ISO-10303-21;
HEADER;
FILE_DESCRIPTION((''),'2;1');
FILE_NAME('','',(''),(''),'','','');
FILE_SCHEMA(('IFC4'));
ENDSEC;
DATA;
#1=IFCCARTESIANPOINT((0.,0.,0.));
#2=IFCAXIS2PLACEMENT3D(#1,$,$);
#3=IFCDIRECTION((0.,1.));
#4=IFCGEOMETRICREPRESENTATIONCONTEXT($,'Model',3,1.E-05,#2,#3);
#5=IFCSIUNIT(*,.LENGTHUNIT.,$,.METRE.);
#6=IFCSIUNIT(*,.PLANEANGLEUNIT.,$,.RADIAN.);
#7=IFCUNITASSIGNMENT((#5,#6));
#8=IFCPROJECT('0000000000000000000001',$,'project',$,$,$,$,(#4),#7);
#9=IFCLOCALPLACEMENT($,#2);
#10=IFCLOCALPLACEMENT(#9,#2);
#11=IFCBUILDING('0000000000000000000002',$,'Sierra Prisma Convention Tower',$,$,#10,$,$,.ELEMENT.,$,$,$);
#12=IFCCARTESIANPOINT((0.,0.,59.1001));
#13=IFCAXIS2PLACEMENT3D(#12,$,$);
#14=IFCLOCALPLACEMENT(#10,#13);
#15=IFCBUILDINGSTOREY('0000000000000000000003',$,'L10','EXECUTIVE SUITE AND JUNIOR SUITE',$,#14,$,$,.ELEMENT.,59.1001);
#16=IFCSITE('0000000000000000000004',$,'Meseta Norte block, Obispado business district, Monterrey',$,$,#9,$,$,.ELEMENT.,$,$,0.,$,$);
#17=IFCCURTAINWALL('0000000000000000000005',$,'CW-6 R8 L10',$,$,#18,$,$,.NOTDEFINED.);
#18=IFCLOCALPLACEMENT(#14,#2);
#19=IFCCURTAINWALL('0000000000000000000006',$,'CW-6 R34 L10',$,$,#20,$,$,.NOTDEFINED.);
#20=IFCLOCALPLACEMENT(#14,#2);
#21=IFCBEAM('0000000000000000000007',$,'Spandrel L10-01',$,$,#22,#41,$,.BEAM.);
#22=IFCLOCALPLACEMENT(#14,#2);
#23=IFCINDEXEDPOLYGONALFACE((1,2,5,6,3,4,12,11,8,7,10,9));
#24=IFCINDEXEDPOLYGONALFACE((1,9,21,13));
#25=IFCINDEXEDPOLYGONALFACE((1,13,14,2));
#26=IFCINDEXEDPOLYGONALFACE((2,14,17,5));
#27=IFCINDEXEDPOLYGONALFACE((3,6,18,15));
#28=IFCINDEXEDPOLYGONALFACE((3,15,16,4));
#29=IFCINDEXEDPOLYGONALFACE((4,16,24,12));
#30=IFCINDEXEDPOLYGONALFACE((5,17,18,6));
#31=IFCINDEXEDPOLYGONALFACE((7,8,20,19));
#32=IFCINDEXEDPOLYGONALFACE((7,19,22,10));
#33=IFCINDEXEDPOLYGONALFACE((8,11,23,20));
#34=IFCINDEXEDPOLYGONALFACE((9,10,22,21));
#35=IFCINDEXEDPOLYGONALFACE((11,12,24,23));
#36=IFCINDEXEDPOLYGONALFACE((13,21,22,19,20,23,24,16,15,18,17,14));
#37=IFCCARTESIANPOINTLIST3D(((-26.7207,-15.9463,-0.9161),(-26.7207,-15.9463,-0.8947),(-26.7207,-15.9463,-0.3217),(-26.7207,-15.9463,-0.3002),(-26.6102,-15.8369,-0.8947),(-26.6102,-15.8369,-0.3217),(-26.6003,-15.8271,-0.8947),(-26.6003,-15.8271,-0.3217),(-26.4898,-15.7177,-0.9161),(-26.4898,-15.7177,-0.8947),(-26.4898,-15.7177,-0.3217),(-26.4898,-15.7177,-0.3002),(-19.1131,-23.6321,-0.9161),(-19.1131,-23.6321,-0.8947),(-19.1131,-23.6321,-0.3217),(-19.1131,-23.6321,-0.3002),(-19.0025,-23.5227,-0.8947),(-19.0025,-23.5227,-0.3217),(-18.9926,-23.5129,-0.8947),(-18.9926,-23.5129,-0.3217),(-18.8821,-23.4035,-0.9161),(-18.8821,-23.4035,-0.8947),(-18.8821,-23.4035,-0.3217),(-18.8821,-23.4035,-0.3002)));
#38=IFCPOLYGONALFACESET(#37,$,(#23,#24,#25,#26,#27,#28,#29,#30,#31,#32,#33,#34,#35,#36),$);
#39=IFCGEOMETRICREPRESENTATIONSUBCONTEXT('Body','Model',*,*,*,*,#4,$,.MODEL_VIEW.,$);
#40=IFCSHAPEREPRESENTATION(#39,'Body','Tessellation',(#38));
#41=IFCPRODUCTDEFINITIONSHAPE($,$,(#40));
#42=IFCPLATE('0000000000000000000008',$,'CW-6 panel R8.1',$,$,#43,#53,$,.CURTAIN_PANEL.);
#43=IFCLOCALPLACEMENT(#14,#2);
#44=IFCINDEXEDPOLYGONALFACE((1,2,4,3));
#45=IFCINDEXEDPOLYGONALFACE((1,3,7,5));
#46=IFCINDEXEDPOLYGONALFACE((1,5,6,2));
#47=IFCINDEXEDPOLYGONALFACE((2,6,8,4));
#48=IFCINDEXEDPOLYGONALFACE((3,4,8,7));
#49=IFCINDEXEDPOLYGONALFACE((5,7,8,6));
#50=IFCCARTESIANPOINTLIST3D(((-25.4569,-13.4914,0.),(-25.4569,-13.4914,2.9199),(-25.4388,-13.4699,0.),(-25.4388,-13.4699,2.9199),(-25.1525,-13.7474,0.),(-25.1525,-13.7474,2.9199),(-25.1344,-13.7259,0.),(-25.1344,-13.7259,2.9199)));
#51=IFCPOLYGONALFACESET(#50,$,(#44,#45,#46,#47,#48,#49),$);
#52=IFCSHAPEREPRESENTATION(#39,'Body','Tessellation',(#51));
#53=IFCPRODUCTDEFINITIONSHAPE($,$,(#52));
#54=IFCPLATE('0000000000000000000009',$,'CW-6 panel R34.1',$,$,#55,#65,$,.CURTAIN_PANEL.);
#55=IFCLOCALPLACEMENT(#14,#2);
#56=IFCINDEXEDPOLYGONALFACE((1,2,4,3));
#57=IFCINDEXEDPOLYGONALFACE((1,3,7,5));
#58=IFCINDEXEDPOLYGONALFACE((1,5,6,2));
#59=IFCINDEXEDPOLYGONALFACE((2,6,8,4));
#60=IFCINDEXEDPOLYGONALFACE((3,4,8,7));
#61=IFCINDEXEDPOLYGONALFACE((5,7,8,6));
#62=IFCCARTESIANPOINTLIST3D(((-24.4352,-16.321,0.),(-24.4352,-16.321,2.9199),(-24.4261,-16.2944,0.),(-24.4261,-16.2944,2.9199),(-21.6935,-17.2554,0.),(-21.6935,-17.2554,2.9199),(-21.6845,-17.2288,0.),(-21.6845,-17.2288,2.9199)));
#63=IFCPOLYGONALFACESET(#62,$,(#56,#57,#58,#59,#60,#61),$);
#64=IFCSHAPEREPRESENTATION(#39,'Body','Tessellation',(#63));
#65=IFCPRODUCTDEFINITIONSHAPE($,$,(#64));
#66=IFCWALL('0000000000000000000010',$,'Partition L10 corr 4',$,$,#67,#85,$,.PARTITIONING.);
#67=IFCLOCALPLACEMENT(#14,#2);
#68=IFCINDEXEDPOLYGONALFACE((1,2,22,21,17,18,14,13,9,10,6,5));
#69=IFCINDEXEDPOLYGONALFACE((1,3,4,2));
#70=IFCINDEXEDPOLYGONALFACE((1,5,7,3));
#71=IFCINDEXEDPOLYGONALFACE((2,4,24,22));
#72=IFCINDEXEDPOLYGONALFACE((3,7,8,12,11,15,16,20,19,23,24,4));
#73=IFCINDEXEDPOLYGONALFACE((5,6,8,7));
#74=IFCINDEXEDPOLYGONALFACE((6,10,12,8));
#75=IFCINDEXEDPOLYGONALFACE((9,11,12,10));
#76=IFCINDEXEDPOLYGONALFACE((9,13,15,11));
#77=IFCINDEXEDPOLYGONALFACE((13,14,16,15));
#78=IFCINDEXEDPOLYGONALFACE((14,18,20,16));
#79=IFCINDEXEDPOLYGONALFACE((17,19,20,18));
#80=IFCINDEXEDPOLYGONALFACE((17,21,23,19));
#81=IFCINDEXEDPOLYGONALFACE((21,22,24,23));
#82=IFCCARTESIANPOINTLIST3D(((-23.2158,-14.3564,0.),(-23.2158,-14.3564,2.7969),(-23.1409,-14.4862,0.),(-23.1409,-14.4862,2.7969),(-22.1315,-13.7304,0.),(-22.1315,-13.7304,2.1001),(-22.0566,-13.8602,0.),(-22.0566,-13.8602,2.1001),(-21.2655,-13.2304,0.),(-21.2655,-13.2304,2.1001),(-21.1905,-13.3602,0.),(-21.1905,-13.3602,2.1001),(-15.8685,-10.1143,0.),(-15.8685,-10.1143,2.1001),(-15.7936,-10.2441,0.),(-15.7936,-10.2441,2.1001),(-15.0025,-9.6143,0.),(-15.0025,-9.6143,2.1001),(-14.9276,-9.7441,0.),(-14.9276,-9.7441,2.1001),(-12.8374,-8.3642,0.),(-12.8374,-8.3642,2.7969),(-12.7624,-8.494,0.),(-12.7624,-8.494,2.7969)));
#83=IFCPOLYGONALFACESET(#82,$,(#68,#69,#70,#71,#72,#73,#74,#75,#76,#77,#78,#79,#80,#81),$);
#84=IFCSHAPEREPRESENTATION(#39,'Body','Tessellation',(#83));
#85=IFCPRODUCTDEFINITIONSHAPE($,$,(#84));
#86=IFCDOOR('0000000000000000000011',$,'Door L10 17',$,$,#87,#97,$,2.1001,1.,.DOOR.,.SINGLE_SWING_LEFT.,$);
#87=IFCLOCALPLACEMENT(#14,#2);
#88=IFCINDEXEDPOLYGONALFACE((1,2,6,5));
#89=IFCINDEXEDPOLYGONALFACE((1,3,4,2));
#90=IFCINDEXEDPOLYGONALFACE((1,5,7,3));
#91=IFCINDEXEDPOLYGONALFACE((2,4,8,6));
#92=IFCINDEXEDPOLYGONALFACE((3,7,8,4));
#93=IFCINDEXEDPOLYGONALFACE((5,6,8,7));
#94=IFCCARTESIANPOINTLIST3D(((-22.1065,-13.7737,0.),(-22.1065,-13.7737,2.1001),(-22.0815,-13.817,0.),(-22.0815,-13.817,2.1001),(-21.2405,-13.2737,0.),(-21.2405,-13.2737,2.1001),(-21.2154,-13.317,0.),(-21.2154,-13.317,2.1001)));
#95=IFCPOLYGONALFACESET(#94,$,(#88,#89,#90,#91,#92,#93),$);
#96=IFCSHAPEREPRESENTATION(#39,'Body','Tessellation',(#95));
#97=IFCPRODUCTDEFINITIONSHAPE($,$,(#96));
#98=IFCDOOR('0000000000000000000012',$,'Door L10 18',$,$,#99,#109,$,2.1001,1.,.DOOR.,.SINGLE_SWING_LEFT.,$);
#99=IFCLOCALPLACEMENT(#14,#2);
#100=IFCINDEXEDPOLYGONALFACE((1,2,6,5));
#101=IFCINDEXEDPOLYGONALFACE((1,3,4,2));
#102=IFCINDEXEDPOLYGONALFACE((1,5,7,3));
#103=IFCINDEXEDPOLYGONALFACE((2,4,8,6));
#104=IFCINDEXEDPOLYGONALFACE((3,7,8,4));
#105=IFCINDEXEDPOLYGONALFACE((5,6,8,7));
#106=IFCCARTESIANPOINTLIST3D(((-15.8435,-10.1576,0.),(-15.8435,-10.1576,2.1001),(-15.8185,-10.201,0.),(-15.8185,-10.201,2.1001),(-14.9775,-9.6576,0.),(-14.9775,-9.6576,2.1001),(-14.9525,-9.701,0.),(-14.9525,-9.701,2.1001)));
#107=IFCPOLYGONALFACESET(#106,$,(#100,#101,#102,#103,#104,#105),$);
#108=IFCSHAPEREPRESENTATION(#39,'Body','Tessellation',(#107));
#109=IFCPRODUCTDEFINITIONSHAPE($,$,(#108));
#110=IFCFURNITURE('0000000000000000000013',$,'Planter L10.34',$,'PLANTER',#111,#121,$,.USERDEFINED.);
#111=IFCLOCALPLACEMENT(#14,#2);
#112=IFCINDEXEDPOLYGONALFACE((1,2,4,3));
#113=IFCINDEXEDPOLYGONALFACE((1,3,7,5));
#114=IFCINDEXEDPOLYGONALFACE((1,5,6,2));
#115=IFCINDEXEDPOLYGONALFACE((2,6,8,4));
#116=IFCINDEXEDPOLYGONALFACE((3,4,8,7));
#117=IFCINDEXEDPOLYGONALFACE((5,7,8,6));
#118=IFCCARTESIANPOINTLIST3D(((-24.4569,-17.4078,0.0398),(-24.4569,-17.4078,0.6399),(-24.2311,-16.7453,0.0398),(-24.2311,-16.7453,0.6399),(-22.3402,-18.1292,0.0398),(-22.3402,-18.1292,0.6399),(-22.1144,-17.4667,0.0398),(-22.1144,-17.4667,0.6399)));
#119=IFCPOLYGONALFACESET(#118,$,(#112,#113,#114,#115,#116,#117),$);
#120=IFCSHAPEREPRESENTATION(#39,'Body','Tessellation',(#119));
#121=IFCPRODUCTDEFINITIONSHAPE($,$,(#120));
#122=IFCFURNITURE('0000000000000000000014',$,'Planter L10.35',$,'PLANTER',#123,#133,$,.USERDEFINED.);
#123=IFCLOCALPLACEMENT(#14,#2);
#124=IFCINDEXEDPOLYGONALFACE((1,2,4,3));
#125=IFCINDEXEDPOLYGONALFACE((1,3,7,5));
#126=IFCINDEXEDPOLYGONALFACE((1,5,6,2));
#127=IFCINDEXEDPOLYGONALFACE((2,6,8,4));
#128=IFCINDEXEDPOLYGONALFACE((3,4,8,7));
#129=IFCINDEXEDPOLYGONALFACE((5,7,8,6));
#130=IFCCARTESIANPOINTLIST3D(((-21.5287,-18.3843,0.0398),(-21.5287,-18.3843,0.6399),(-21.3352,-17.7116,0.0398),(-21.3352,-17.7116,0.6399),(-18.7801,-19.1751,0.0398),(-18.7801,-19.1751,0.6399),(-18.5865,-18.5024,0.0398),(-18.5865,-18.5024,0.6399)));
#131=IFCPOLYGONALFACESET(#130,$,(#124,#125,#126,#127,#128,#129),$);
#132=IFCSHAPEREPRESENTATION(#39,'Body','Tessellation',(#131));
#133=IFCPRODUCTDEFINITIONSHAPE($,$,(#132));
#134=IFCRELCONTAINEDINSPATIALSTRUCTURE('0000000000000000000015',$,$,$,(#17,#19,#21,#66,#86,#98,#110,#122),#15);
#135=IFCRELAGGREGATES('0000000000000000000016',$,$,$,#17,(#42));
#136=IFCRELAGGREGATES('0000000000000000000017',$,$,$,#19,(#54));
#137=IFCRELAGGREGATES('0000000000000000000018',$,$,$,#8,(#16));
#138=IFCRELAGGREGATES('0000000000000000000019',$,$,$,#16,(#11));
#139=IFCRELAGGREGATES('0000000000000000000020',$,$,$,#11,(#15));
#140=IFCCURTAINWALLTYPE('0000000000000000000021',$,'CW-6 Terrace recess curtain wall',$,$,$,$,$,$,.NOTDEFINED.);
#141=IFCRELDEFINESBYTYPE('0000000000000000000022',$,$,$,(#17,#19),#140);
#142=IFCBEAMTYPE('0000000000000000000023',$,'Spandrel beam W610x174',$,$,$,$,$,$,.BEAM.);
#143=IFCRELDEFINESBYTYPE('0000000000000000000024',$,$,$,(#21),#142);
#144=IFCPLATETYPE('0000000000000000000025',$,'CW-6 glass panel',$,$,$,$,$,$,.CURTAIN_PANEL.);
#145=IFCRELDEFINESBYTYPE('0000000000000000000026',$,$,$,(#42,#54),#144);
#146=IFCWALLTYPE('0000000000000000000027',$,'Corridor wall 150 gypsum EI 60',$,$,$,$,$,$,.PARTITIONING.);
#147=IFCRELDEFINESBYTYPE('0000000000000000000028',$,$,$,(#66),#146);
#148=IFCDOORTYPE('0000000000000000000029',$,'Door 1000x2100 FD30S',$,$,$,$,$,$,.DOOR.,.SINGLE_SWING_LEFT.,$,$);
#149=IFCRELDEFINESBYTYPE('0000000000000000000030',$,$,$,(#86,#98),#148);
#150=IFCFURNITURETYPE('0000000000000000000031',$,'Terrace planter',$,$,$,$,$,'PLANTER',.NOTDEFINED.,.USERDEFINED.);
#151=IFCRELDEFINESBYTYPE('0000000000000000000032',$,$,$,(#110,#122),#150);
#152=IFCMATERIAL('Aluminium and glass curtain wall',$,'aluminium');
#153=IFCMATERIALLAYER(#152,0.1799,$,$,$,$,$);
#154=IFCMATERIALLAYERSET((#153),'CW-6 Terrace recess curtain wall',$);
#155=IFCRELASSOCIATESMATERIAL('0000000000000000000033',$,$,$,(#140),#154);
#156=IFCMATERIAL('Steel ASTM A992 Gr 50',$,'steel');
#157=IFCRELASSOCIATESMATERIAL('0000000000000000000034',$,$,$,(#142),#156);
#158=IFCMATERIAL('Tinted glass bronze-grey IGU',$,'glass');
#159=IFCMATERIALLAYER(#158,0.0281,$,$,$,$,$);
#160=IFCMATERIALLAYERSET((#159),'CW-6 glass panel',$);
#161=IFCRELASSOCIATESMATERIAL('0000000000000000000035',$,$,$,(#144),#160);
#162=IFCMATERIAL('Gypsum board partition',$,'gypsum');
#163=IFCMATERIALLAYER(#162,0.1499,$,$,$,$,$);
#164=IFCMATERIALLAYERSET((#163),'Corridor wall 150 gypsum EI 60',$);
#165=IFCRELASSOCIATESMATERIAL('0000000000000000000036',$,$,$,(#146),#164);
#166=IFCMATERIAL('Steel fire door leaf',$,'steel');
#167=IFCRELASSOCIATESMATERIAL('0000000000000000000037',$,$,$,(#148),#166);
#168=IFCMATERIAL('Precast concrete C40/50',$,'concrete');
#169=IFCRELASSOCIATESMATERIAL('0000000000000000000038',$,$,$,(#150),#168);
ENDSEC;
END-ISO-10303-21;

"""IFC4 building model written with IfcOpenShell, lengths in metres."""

from ifc_helpers import new_model, si_unit, direction, frame, frame_2d, origin, origin_2d, place, context, subcontext, project, spatial, rectangle, i_section, extrude, material, layer, layer_set, material_profile, profile_set, type_object, element, fill, aggregate, save


model = new_model("IFC4")

# Units and contexts
model_context = context("Model", 3, precision=1e-05, world=origin(), true_north=direction((0.0, 1.0)))
body_context = subcontext(model_context, "Body", "Model", "MODEL_VIEW")
ifc_project = project(units=[si_unit("LENGTHUNIT", "METRE"), si_unit("PLANEANGLEUNIT", "RADIAN")], contexts=[model_context])

# Site, building, storey
site_placement = place(None, origin())
site = spatial("IfcSite", under=ifc_project, at=site_placement, Name="Meseta Norte block, Obispado business district, Monterrey", CompositionType="ELEMENT", RefElevation=0.0)
building_placement = place(site_placement, origin())
building = spatial("IfcBuilding", under=site, at=building_placement, Name="Sierra Prisma Convention Tower", CompositionType="ELEMENT")
storey_placement = place(building_placement, frame((0.0, 0.0, 59.1001)))
storey = spatial("IfcBuildingStorey", under=building, at=storey_placement, Name="L10", Description="EXECUTIVE SUITE AND JUNIOR SUITE", CompositionType="ELEMENT", Elevation=59.1001)

# Curtain walls
ifc_material_1 = material(Name="Aluminium and glass curtain wall", Category="aluminium")
ifc_layer_1 = layer(ifc_material_1, 0.1799)
ifc_layer_set_1 = layer_set([ifc_layer_1], Name="CW-6 Terrace recess curtain wall")
curtain_wall_type = type_object("IfcCurtainWallType", Name="CW-6 Terrace recess curtain wall", PredefinedType="NOTDEFINED", material=ifc_layer_set_1)
curtain_wall_1_placement = place(storey_placement, origin())
curtain_wall_1 = element("IfcCurtainWall", 1, at=curtain_wall_1_placement, inside=storey, type_object=curtain_wall_type, Name="CW-6 R8 L10", PredefinedType="NOTDEFINED")
curtain_wall_2_placement = place(storey_placement, origin())
curtain_wall_2 = element("IfcCurtainWall", 2, at=curtain_wall_2_placement, inside=storey, type_object=curtain_wall_type, Name="CW-6 R34 L10", PredefinedType="NOTDEFINED")

# Beam
ifc_material_2 = material(Name="Steel ASTM A992 Gr 50", Category="steel")
ifc_material_profile_1 = material_profile(ifc_material_2, i_section(OverallWidth=0.325, OverallDepth=0.616, WebThickness=0.0139, FlangeThickness=0.0215, at=origin_2d()), Name="W610x174")
ifc_profile_set_1 = profile_set([ifc_material_profile_1], Name="Steel ASTM A992 Gr 50")
beam_type_1 = type_object("IfcBeamType", Name="Spandrel beam W610x174", PredefinedType="BEAM", material=ifc_profile_set_1)
beam_1_placement = place(storey_placement, frame((-26.6052, -15.832, -0.6082), z_axis=(0.703485, -0.71071, 0.0), x_axis=(0.71071, 0.703485, 0.0)))
element("IfcBeam", 3, at=beam_1_placement, inside=storey, type_object=beam_type_1, Name="Spandrel L10-01", PredefinedType="BEAM", context=body_context, shape_type="SweptSolid", body=[
    extrude(i_section(OverallWidth=0.325, OverallDepth=0.616, WebThickness=0.0139, FlangeThickness=0.0215, at=origin_2d()), origin(), (0.0, 0.0, 1.0), 10.8142),
])

# Plates
ifc_material_3 = material(Name="Tinted glass bronze-grey IGU", Category="glass")
ifc_layer_2 = layer(ifc_material_3, 0.0281)
ifc_layer_set_2 = layer_set([ifc_layer_2], Name="CW-6 glass panel")
plate_type = type_object("IfcPlateType", Name="CW-6 glass panel", PredefinedType="CURTAIN_PANEL", material=ifc_layer_set_2)
plate_1_placement = place(storey_placement, frame((-25.2957, -13.6086, 0.0), z_axis=(0.0, 0.0, 1.0), x_axis=(-0.765353, 0.64361, 0.0)))
plate_1 = element("IfcPlate", 4, at=plate_1_placement, type_object=plate_type, Name="CW-6 panel R8.1", PredefinedType="CURTAIN_PANEL", context=body_context, shape_type="SweptSolid", body=[
    extrude(rectangle(XDim=0.3977, YDim=0.0281, at=origin_2d()), origin(), (0.0, 0.0, 1.0), 2.9199),
])
aggregate(curtain_wall_1, [plate_1])
plate_2_placement = place(storey_placement, frame((-23.0598, -16.7749, 0.0), z_axis=(0.0, 0.0, 1.0), x_axis=(0.94654, -0.322586, 0.0)))
plate_2 = element("IfcPlate", 5, at=plate_2_placement, type_object=plate_type, Name="CW-6 panel R34.1", PredefinedType="CURTAIN_PANEL", context=body_context, shape_type="SweptSolid", body=[
    extrude(rectangle(XDim=2.8965, YDim=0.0281, at=origin_2d()), origin(), (0.0, 0.0, 1.0), 2.9199),
])
aggregate(curtain_wall_2, [plate_2])

# Wall, openings, doors
ifc_material_4 = material(Name="Gypsum board partition", Category="gypsum")
ifc_layer_3 = layer(ifc_material_4, 0.1499)
ifc_layer_set_3 = layer_set([ifc_layer_3], Name="Corridor wall 150 gypsum EI 60")
wall_type = type_object("IfcWallType", Name="Corridor wall 150 gypsum EI 60", PredefinedType="PARTITIONING", material=ifc_layer_set_3)
wall_placement = place(storey_placement, frame((-23.1785, -14.4214, 0.0), z_axis=(0.0, 0.0, 1.0), x_axis=(0.866018, 0.500013, 0.0)))
wall = element("IfcWall", 6, at=wall_placement, inside=storey, type_object=wall_type, Name="Partition L10 corr 4", PredefinedType="PARTITIONING", context=body_context, shape_type="SweptSolid", body=[
    extrude(rectangle(XDim=11.9841, YDim=0.1499, at=frame_2d((5.9922, 0.0))), origin(), (0.0, 0.0, 1.0), 2.7969),
])
opening_1_placement = place(wall_placement, frame((1.2522, 0.0, 0.0)))
opening_1 = element("IfcOpeningElement", 7, at=opening_1_placement, cuts=wall, PredefinedType="OPENING", context=body_context, shape_type="SweptSolid", body=[
    extrude(rectangle(XDim=1.0, YDim=2.1001, at=frame_2d((0.5, 1.05))), frame((0.0, 0.075, 0.0), z_axis=(0.0, -1.0, 0.0), x_axis=(1.0, 0.0, 0.0)), (0.0, 0.0, 1.0), 0.1499),
])
opening_2_placement = place(wall_placement, frame((8.4841, 0.0, 0.0)))
opening_2 = element("IfcOpeningElement", 8, at=opening_2_placement, cuts=wall, PredefinedType="OPENING", context=body_context, shape_type="SweptSolid", body=[
    extrude(rectangle(XDim=1.0, YDim=2.1001, at=frame_2d((0.5, 1.05))), frame((0.0, 0.075, 0.0), z_axis=(0.0, -1.0, 0.0), x_axis=(1.0, 0.0, 0.0)), (0.0, 0.0, 1.0), 0.1499),
])
ifc_material_5 = material(Name="Steel fire door leaf", Category="steel")
door_type = type_object("IfcDoorType", Name="Door 1000x2100 FD30S", OperationType="SINGLE_SWING_LEFT", PredefinedType="DOOR", material=ifc_material_5)
door_1_placement = place(opening_1_placement, origin())
door_1 = element("IfcDoor", 9, at=door_1_placement, inside=storey, type_object=door_type, Name="Door L10 17", OperationType="SINGLE_SWING_LEFT", OverallHeight=2.1001, OverallWidth=1.0, PredefinedType="DOOR", context=body_context, shape_type="SweptSolid", body=[
    extrude(rectangle(XDim=1.0, YDim=2.1001, at=frame_2d((0.5, 1.05))), frame((0.0, 0.0249, 0.0), z_axis=(0.0, -1.0, 0.0), x_axis=(1.0, 0.0, 0.0)), (0.0, 0.0, 1.0), 0.05),
])
fill(opening_1, door_1)
door_2_placement = place(opening_2_placement, origin())
door_2 = element("IfcDoor", 10, at=door_2_placement, inside=storey, type_object=door_type, Name="Door L10 18", OperationType="SINGLE_SWING_LEFT", OverallHeight=2.1001, OverallWidth=1.0, PredefinedType="DOOR", context=body_context, shape_type="SweptSolid", body=[
    extrude(rectangle(XDim=1.0, YDim=2.1001, at=frame_2d((0.5, 1.05))), frame((0.0, 0.0249, 0.0), z_axis=(0.0, -1.0, 0.0), x_axis=(1.0, 0.0, 0.0)), (0.0, 0.0, 1.0), 0.05),
])
fill(opening_2, door_2)

# Furniture
ifc_material_6 = material(Name="Precast concrete C40/50", Category="concrete")
furniture_type = type_object("IfcFurnitureType", Name="Terrace planter", ElementType="PLANTER", AssemblyPlace="NOTDEFINED", PredefinedType="USERDEFINED", material=ifc_material_6)
furniture_1_placement = place(storey_placement, frame((-23.2856, -17.4373, 0.0398), z_axis=(0.0, 0.0, 1.0), x_axis=(0.94654, -0.322586, 0.0)))
element("IfcFurniture", 11, at=furniture_1_placement, inside=storey, type_object=furniture_type, Name="Planter L10.34", ObjectType="PLANTER", PredefinedType="USERDEFINED", context=body_context, shape_type="SweptSolid", body=[
    extrude(rectangle(XDim=2.2363, YDim=0.7, at=origin_2d()), origin(), (0.0, 0.0, 1.0), 0.6001),
])
furniture_2_placement = place(storey_placement, frame((-20.0576, -18.4434, 0.0398), z_axis=(0.0, 0.0, 1.0), x_axis=(0.961016, -0.276492, 0.0)))
element("IfcFurniture", 12, at=furniture_2_placement, inside=storey, type_object=furniture_type, Name="Planter L10.35", ObjectType="PLANTER", PredefinedType="USERDEFINED", context=body_context, shape_type="SweptSolid", body=[
    extrude(rectangle(XDim=2.8601, YDim=0.7, at=origin_2d()), origin(), (0.0, 0.0, 1.0), 0.6001),
])

save(model, "model.ifc")
